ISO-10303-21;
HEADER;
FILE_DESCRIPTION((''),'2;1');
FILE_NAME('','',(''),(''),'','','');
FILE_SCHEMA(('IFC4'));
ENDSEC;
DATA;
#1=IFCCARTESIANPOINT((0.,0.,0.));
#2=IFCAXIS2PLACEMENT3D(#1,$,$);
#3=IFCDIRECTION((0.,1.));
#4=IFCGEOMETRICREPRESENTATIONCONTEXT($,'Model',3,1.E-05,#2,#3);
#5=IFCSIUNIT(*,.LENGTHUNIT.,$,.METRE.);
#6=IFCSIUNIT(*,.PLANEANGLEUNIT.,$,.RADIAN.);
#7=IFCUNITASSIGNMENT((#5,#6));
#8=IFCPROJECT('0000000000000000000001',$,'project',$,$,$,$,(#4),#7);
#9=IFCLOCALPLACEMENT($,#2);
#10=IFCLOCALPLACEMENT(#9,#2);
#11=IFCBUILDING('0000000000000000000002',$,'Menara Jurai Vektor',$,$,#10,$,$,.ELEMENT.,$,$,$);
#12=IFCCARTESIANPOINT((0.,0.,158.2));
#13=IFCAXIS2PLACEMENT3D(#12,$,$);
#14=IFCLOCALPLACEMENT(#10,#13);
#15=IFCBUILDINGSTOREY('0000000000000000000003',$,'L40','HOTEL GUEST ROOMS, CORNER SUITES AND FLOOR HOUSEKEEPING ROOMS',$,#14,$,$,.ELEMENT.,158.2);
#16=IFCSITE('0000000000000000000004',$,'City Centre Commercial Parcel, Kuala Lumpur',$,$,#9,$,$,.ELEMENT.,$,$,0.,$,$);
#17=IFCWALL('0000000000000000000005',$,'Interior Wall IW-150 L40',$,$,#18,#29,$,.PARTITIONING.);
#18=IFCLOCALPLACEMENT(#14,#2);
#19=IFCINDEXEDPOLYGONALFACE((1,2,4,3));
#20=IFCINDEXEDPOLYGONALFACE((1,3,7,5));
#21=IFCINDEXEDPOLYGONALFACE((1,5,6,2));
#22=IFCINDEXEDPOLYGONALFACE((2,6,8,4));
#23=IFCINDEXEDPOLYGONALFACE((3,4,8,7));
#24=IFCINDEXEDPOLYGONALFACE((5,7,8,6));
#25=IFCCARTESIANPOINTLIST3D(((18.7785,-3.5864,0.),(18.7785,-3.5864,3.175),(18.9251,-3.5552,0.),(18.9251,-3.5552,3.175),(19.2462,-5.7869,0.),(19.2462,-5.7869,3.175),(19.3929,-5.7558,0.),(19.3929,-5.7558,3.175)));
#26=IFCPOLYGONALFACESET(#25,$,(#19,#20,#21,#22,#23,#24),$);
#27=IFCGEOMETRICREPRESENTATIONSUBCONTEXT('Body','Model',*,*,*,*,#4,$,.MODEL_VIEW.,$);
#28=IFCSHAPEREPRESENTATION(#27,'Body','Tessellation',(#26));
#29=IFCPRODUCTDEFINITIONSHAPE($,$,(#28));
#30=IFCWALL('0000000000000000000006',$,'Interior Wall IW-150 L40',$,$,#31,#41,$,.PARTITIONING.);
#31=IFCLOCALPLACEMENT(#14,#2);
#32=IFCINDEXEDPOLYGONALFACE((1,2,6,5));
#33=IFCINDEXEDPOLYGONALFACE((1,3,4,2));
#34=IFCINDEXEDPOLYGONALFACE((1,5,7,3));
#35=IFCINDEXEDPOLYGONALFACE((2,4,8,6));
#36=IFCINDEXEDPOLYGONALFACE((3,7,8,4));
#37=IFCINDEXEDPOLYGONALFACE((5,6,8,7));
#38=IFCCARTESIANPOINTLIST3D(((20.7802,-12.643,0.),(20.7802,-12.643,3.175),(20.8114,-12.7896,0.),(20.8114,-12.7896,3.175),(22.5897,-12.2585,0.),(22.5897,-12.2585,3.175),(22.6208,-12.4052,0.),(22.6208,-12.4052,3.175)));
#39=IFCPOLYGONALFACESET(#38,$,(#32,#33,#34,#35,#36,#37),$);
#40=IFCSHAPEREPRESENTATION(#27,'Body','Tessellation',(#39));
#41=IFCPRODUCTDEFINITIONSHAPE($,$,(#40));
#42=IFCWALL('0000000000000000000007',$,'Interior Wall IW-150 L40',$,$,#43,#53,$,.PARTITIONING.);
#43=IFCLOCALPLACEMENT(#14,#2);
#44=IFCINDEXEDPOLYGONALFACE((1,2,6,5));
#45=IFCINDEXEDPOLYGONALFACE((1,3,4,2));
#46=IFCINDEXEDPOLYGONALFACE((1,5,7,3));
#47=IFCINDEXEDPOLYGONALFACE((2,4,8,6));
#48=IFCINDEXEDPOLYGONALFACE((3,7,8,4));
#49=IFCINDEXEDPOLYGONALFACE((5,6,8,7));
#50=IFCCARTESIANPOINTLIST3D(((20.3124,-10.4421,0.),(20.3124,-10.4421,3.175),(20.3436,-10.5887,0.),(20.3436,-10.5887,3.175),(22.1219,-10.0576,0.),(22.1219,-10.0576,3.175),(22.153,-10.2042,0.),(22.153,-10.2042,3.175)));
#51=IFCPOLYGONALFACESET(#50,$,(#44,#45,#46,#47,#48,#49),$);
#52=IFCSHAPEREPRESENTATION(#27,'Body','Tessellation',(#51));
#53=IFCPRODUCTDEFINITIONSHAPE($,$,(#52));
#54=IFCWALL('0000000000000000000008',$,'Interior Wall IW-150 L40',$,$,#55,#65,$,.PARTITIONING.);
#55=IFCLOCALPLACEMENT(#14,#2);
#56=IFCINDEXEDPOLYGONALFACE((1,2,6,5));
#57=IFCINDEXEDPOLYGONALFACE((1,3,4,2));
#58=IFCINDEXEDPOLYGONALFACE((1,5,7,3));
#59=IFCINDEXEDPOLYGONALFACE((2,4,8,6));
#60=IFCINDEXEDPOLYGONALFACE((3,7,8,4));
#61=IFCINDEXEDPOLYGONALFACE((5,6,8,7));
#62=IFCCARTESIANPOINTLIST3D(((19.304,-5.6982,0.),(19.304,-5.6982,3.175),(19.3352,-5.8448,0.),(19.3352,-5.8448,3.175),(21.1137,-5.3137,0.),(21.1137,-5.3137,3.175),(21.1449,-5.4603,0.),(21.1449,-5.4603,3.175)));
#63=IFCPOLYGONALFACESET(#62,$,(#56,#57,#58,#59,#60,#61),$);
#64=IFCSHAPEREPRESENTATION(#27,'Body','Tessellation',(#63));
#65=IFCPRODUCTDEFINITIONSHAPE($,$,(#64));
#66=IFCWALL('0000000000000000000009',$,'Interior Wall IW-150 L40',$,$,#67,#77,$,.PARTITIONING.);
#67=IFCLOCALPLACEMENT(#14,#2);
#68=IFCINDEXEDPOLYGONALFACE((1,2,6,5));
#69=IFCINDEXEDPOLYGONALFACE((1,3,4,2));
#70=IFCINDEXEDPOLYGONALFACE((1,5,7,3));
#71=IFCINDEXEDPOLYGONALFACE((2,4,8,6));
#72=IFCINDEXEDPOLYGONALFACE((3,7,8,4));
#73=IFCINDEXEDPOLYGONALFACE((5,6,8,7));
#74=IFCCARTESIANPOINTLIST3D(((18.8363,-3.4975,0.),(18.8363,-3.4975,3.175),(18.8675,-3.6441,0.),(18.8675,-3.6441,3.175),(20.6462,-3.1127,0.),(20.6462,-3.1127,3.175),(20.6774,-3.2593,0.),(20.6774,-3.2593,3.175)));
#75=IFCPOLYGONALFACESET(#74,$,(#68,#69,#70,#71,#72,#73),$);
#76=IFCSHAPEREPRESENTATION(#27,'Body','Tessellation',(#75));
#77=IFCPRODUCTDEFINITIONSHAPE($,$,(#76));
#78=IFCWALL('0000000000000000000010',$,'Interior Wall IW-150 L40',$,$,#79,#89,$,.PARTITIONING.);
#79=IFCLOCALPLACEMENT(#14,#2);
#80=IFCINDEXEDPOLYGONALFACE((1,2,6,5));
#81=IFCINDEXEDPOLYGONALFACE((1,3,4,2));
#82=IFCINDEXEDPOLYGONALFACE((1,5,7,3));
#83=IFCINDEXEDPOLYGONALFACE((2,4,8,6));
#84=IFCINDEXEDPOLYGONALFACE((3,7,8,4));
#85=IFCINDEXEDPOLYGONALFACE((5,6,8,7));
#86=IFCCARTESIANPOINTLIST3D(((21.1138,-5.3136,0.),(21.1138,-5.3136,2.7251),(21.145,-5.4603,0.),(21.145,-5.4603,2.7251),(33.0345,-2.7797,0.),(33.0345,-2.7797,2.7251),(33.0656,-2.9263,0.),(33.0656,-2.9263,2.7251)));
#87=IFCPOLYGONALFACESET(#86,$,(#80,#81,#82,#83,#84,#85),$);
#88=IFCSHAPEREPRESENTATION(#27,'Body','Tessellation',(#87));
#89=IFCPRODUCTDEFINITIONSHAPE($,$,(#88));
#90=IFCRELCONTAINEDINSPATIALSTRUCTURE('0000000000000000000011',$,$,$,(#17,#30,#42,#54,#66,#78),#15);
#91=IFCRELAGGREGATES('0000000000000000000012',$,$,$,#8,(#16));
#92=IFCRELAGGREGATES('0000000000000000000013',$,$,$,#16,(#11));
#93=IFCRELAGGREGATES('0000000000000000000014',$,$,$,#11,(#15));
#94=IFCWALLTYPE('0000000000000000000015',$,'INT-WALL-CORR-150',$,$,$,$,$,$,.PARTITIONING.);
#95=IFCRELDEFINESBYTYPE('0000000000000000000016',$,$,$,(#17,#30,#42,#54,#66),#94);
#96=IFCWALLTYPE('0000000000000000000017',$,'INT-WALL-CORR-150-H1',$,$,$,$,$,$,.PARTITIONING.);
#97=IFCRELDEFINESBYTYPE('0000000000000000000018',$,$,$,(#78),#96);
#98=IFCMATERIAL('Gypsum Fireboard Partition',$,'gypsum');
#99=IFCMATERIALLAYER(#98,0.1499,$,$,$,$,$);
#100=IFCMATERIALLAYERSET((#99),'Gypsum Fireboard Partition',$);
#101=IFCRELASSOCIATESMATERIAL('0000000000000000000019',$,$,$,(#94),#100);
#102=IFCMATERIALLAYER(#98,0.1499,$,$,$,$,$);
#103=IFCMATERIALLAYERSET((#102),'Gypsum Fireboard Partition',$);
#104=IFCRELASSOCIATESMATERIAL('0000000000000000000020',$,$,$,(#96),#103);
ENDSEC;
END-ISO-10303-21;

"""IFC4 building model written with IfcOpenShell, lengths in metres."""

from ifc_helpers import new_model, si_unit, direction, frame, frame_2d, origin, place, context, subcontext, project, spatial, rectangle, extrude, material, layer, layer_set, type_object, element, save


model = new_model("IFC4")

# Units and contexts
model_context = context("Model", 3, precision=1e-05, world=origin(), true_north=direction((0.0, 1.0)))
body_context = subcontext(model_context, "Body", "Model", "MODEL_VIEW")
ifc_project = project(units=[si_unit("LENGTHUNIT", "METRE"), si_unit("PLANEANGLEUNIT", "RADIAN")], contexts=[model_context])

# Site, building, storey
site_placement = place(None, origin())
site = spatial("IfcSite", under=ifc_project, at=site_placement, Name="City Centre Commercial Parcel, Kuala Lumpur", CompositionType="ELEMENT", RefElevation=0.0)
building_placement = place(site_placement, origin())
building = spatial("IfcBuilding", under=site, at=building_placement, Name="Menara Jurai Vektor", CompositionType="ELEMENT")
storey_placement = place(building_placement, frame((0.0, 0.0, 158.2)))
storey = spatial("IfcBuildingStorey", under=building, at=storey_placement, Name="L40", Description="HOTEL GUEST ROOMS, CORNER SUITES AND FLOOR HOUSEKEEPING ROOMS", CompositionType="ELEMENT", Elevation=158.2)

# Shared definitions
ifc_material_1 = material(Name="Gypsum Fireboard Partition", Category="gypsum")
ifc_layer_1 = layer(ifc_material_1, 0.1499)
ifc_layer_set_1 = layer_set([ifc_layer_1], Name="Gypsum Fireboard Partition")
wall_type_1 = type_object("IfcWallType", Name="INT-WALL-CORR-150", PredefinedType="PARTITIONING", material=ifc_layer_set_1)

# Walls
wall_1_placement = place(storey_placement, frame((19.3196, -5.7715, 0.0), z_axis=(0.0, 0.0, 1.0), x_axis=(-0.207913, 0.978147, 0.0)))
element("IfcWall", 1, at=wall_1_placement, inside=storey, type_object=wall_type_1, Name="Interior Wall IW-150 L40", PredefinedType="PARTITIONING", context=body_context, shape_type="SweptSolid", body=[
    extrude(rectangle(XDim=2.2498, YDim=0.1499, at=frame_2d((1.125, 0.0))), origin(), (0.0, 0.0, 1.0), 3.175),
])
for number, where, z_axis, x_axis, name in (
    (2, (20.7959, -12.7163, 0.0), (0.0, 0.0, 1.0), (0.97816, 0.207852, 0.0), "Interior Wall IW-150 L40"),
    (3, (20.3281, -10.5154, 0.0), (0.0, 0.0, 1.0), (0.97816, 0.207852, 0.0), "Interior Wall IW-150 L40"),
):
    element("IfcWall", number, at=place(storey_placement, frame(where, z_axis=z_axis, x_axis=x_axis)), inside=storey, type_object=wall_type_1, Name=name, PredefinedType="PARTITIONING", context=body_context, shape_type="SweptSolid", body=[
        extrude(rectangle(XDim=1.8499, YDim=0.1499, at=frame_2d((0.9248, 0.0))), origin(), (0.0, 0.0, 1.0), 3.175),
    ])

# Walls
wall_2_placement = place(storey_placement, frame((19.3196, -5.7715, 0.0), z_axis=(0.0, 0.0, 1.0), x_axis=(0.978166, 0.207826, 0.0)))
element("IfcWall", 4, at=wall_2_placement, inside=storey, type_object=wall_type_1, Name="Interior Wall IW-150 L40", PredefinedType="PARTITIONING", context=body_context, shape_type="SweptSolid", body=[
    extrude(rectangle(XDim=1.8501, YDim=0.1499, at=frame_2d((0.925, 0.0))), origin(), (0.0, 0.0, 1.0), 3.175),
])
wall_3_placement = place(storey_placement, frame((18.8518, -3.5708, 0.0), z_axis=(0.0, 0.0, 1.0), x_axis=(0.978139, 0.207952, 0.0)))
element("IfcWall", 5, at=wall_3_placement, inside=storey, type_object=wall_type_1, Name="Interior Wall IW-150 L40", PredefinedType="PARTITIONING", context=body_context, shape_type="SweptSolid", body=[
    extrude(rectangle(XDim=1.8503, YDim=0.1499, at=frame_2d((0.9253, 0.0))), origin(), (0.0, 0.0, 1.0), 3.175),
])

# Shared definitions
ifc_layer_2 = layer(ifc_material_1, 0.1499)
ifc_layer_set_2 = layer_set([ifc_layer_2], Name="Gypsum Fireboard Partition")
wall_type_2 = type_object("IfcWallType", Name="INT-WALL-CORR-150-H1", PredefinedType="PARTITIONING", material=ifc_layer_set_2)

# Wall
wall_4_placement = place(storey_placement, frame((21.1294, -5.387, 0.0), z_axis=(0.0, 0.0, 1.0), x_axis=(0.978146, 0.207921, 0.0)))
element("IfcWall", 6, at=wall_4_placement, inside=storey, type_object=wall_type_2, Name="Interior Wall IW-150 L40", PredefinedType="PARTITIONING", context=body_context, shape_type="SweptSolid", body=[
    extrude(rectangle(XDim=12.187, YDim=0.1499, at=frame_2d((6.0935, 0.0))), origin(), (0.0, 0.0, 1.0), 2.7251),
])

save(model, "model.ifc")
